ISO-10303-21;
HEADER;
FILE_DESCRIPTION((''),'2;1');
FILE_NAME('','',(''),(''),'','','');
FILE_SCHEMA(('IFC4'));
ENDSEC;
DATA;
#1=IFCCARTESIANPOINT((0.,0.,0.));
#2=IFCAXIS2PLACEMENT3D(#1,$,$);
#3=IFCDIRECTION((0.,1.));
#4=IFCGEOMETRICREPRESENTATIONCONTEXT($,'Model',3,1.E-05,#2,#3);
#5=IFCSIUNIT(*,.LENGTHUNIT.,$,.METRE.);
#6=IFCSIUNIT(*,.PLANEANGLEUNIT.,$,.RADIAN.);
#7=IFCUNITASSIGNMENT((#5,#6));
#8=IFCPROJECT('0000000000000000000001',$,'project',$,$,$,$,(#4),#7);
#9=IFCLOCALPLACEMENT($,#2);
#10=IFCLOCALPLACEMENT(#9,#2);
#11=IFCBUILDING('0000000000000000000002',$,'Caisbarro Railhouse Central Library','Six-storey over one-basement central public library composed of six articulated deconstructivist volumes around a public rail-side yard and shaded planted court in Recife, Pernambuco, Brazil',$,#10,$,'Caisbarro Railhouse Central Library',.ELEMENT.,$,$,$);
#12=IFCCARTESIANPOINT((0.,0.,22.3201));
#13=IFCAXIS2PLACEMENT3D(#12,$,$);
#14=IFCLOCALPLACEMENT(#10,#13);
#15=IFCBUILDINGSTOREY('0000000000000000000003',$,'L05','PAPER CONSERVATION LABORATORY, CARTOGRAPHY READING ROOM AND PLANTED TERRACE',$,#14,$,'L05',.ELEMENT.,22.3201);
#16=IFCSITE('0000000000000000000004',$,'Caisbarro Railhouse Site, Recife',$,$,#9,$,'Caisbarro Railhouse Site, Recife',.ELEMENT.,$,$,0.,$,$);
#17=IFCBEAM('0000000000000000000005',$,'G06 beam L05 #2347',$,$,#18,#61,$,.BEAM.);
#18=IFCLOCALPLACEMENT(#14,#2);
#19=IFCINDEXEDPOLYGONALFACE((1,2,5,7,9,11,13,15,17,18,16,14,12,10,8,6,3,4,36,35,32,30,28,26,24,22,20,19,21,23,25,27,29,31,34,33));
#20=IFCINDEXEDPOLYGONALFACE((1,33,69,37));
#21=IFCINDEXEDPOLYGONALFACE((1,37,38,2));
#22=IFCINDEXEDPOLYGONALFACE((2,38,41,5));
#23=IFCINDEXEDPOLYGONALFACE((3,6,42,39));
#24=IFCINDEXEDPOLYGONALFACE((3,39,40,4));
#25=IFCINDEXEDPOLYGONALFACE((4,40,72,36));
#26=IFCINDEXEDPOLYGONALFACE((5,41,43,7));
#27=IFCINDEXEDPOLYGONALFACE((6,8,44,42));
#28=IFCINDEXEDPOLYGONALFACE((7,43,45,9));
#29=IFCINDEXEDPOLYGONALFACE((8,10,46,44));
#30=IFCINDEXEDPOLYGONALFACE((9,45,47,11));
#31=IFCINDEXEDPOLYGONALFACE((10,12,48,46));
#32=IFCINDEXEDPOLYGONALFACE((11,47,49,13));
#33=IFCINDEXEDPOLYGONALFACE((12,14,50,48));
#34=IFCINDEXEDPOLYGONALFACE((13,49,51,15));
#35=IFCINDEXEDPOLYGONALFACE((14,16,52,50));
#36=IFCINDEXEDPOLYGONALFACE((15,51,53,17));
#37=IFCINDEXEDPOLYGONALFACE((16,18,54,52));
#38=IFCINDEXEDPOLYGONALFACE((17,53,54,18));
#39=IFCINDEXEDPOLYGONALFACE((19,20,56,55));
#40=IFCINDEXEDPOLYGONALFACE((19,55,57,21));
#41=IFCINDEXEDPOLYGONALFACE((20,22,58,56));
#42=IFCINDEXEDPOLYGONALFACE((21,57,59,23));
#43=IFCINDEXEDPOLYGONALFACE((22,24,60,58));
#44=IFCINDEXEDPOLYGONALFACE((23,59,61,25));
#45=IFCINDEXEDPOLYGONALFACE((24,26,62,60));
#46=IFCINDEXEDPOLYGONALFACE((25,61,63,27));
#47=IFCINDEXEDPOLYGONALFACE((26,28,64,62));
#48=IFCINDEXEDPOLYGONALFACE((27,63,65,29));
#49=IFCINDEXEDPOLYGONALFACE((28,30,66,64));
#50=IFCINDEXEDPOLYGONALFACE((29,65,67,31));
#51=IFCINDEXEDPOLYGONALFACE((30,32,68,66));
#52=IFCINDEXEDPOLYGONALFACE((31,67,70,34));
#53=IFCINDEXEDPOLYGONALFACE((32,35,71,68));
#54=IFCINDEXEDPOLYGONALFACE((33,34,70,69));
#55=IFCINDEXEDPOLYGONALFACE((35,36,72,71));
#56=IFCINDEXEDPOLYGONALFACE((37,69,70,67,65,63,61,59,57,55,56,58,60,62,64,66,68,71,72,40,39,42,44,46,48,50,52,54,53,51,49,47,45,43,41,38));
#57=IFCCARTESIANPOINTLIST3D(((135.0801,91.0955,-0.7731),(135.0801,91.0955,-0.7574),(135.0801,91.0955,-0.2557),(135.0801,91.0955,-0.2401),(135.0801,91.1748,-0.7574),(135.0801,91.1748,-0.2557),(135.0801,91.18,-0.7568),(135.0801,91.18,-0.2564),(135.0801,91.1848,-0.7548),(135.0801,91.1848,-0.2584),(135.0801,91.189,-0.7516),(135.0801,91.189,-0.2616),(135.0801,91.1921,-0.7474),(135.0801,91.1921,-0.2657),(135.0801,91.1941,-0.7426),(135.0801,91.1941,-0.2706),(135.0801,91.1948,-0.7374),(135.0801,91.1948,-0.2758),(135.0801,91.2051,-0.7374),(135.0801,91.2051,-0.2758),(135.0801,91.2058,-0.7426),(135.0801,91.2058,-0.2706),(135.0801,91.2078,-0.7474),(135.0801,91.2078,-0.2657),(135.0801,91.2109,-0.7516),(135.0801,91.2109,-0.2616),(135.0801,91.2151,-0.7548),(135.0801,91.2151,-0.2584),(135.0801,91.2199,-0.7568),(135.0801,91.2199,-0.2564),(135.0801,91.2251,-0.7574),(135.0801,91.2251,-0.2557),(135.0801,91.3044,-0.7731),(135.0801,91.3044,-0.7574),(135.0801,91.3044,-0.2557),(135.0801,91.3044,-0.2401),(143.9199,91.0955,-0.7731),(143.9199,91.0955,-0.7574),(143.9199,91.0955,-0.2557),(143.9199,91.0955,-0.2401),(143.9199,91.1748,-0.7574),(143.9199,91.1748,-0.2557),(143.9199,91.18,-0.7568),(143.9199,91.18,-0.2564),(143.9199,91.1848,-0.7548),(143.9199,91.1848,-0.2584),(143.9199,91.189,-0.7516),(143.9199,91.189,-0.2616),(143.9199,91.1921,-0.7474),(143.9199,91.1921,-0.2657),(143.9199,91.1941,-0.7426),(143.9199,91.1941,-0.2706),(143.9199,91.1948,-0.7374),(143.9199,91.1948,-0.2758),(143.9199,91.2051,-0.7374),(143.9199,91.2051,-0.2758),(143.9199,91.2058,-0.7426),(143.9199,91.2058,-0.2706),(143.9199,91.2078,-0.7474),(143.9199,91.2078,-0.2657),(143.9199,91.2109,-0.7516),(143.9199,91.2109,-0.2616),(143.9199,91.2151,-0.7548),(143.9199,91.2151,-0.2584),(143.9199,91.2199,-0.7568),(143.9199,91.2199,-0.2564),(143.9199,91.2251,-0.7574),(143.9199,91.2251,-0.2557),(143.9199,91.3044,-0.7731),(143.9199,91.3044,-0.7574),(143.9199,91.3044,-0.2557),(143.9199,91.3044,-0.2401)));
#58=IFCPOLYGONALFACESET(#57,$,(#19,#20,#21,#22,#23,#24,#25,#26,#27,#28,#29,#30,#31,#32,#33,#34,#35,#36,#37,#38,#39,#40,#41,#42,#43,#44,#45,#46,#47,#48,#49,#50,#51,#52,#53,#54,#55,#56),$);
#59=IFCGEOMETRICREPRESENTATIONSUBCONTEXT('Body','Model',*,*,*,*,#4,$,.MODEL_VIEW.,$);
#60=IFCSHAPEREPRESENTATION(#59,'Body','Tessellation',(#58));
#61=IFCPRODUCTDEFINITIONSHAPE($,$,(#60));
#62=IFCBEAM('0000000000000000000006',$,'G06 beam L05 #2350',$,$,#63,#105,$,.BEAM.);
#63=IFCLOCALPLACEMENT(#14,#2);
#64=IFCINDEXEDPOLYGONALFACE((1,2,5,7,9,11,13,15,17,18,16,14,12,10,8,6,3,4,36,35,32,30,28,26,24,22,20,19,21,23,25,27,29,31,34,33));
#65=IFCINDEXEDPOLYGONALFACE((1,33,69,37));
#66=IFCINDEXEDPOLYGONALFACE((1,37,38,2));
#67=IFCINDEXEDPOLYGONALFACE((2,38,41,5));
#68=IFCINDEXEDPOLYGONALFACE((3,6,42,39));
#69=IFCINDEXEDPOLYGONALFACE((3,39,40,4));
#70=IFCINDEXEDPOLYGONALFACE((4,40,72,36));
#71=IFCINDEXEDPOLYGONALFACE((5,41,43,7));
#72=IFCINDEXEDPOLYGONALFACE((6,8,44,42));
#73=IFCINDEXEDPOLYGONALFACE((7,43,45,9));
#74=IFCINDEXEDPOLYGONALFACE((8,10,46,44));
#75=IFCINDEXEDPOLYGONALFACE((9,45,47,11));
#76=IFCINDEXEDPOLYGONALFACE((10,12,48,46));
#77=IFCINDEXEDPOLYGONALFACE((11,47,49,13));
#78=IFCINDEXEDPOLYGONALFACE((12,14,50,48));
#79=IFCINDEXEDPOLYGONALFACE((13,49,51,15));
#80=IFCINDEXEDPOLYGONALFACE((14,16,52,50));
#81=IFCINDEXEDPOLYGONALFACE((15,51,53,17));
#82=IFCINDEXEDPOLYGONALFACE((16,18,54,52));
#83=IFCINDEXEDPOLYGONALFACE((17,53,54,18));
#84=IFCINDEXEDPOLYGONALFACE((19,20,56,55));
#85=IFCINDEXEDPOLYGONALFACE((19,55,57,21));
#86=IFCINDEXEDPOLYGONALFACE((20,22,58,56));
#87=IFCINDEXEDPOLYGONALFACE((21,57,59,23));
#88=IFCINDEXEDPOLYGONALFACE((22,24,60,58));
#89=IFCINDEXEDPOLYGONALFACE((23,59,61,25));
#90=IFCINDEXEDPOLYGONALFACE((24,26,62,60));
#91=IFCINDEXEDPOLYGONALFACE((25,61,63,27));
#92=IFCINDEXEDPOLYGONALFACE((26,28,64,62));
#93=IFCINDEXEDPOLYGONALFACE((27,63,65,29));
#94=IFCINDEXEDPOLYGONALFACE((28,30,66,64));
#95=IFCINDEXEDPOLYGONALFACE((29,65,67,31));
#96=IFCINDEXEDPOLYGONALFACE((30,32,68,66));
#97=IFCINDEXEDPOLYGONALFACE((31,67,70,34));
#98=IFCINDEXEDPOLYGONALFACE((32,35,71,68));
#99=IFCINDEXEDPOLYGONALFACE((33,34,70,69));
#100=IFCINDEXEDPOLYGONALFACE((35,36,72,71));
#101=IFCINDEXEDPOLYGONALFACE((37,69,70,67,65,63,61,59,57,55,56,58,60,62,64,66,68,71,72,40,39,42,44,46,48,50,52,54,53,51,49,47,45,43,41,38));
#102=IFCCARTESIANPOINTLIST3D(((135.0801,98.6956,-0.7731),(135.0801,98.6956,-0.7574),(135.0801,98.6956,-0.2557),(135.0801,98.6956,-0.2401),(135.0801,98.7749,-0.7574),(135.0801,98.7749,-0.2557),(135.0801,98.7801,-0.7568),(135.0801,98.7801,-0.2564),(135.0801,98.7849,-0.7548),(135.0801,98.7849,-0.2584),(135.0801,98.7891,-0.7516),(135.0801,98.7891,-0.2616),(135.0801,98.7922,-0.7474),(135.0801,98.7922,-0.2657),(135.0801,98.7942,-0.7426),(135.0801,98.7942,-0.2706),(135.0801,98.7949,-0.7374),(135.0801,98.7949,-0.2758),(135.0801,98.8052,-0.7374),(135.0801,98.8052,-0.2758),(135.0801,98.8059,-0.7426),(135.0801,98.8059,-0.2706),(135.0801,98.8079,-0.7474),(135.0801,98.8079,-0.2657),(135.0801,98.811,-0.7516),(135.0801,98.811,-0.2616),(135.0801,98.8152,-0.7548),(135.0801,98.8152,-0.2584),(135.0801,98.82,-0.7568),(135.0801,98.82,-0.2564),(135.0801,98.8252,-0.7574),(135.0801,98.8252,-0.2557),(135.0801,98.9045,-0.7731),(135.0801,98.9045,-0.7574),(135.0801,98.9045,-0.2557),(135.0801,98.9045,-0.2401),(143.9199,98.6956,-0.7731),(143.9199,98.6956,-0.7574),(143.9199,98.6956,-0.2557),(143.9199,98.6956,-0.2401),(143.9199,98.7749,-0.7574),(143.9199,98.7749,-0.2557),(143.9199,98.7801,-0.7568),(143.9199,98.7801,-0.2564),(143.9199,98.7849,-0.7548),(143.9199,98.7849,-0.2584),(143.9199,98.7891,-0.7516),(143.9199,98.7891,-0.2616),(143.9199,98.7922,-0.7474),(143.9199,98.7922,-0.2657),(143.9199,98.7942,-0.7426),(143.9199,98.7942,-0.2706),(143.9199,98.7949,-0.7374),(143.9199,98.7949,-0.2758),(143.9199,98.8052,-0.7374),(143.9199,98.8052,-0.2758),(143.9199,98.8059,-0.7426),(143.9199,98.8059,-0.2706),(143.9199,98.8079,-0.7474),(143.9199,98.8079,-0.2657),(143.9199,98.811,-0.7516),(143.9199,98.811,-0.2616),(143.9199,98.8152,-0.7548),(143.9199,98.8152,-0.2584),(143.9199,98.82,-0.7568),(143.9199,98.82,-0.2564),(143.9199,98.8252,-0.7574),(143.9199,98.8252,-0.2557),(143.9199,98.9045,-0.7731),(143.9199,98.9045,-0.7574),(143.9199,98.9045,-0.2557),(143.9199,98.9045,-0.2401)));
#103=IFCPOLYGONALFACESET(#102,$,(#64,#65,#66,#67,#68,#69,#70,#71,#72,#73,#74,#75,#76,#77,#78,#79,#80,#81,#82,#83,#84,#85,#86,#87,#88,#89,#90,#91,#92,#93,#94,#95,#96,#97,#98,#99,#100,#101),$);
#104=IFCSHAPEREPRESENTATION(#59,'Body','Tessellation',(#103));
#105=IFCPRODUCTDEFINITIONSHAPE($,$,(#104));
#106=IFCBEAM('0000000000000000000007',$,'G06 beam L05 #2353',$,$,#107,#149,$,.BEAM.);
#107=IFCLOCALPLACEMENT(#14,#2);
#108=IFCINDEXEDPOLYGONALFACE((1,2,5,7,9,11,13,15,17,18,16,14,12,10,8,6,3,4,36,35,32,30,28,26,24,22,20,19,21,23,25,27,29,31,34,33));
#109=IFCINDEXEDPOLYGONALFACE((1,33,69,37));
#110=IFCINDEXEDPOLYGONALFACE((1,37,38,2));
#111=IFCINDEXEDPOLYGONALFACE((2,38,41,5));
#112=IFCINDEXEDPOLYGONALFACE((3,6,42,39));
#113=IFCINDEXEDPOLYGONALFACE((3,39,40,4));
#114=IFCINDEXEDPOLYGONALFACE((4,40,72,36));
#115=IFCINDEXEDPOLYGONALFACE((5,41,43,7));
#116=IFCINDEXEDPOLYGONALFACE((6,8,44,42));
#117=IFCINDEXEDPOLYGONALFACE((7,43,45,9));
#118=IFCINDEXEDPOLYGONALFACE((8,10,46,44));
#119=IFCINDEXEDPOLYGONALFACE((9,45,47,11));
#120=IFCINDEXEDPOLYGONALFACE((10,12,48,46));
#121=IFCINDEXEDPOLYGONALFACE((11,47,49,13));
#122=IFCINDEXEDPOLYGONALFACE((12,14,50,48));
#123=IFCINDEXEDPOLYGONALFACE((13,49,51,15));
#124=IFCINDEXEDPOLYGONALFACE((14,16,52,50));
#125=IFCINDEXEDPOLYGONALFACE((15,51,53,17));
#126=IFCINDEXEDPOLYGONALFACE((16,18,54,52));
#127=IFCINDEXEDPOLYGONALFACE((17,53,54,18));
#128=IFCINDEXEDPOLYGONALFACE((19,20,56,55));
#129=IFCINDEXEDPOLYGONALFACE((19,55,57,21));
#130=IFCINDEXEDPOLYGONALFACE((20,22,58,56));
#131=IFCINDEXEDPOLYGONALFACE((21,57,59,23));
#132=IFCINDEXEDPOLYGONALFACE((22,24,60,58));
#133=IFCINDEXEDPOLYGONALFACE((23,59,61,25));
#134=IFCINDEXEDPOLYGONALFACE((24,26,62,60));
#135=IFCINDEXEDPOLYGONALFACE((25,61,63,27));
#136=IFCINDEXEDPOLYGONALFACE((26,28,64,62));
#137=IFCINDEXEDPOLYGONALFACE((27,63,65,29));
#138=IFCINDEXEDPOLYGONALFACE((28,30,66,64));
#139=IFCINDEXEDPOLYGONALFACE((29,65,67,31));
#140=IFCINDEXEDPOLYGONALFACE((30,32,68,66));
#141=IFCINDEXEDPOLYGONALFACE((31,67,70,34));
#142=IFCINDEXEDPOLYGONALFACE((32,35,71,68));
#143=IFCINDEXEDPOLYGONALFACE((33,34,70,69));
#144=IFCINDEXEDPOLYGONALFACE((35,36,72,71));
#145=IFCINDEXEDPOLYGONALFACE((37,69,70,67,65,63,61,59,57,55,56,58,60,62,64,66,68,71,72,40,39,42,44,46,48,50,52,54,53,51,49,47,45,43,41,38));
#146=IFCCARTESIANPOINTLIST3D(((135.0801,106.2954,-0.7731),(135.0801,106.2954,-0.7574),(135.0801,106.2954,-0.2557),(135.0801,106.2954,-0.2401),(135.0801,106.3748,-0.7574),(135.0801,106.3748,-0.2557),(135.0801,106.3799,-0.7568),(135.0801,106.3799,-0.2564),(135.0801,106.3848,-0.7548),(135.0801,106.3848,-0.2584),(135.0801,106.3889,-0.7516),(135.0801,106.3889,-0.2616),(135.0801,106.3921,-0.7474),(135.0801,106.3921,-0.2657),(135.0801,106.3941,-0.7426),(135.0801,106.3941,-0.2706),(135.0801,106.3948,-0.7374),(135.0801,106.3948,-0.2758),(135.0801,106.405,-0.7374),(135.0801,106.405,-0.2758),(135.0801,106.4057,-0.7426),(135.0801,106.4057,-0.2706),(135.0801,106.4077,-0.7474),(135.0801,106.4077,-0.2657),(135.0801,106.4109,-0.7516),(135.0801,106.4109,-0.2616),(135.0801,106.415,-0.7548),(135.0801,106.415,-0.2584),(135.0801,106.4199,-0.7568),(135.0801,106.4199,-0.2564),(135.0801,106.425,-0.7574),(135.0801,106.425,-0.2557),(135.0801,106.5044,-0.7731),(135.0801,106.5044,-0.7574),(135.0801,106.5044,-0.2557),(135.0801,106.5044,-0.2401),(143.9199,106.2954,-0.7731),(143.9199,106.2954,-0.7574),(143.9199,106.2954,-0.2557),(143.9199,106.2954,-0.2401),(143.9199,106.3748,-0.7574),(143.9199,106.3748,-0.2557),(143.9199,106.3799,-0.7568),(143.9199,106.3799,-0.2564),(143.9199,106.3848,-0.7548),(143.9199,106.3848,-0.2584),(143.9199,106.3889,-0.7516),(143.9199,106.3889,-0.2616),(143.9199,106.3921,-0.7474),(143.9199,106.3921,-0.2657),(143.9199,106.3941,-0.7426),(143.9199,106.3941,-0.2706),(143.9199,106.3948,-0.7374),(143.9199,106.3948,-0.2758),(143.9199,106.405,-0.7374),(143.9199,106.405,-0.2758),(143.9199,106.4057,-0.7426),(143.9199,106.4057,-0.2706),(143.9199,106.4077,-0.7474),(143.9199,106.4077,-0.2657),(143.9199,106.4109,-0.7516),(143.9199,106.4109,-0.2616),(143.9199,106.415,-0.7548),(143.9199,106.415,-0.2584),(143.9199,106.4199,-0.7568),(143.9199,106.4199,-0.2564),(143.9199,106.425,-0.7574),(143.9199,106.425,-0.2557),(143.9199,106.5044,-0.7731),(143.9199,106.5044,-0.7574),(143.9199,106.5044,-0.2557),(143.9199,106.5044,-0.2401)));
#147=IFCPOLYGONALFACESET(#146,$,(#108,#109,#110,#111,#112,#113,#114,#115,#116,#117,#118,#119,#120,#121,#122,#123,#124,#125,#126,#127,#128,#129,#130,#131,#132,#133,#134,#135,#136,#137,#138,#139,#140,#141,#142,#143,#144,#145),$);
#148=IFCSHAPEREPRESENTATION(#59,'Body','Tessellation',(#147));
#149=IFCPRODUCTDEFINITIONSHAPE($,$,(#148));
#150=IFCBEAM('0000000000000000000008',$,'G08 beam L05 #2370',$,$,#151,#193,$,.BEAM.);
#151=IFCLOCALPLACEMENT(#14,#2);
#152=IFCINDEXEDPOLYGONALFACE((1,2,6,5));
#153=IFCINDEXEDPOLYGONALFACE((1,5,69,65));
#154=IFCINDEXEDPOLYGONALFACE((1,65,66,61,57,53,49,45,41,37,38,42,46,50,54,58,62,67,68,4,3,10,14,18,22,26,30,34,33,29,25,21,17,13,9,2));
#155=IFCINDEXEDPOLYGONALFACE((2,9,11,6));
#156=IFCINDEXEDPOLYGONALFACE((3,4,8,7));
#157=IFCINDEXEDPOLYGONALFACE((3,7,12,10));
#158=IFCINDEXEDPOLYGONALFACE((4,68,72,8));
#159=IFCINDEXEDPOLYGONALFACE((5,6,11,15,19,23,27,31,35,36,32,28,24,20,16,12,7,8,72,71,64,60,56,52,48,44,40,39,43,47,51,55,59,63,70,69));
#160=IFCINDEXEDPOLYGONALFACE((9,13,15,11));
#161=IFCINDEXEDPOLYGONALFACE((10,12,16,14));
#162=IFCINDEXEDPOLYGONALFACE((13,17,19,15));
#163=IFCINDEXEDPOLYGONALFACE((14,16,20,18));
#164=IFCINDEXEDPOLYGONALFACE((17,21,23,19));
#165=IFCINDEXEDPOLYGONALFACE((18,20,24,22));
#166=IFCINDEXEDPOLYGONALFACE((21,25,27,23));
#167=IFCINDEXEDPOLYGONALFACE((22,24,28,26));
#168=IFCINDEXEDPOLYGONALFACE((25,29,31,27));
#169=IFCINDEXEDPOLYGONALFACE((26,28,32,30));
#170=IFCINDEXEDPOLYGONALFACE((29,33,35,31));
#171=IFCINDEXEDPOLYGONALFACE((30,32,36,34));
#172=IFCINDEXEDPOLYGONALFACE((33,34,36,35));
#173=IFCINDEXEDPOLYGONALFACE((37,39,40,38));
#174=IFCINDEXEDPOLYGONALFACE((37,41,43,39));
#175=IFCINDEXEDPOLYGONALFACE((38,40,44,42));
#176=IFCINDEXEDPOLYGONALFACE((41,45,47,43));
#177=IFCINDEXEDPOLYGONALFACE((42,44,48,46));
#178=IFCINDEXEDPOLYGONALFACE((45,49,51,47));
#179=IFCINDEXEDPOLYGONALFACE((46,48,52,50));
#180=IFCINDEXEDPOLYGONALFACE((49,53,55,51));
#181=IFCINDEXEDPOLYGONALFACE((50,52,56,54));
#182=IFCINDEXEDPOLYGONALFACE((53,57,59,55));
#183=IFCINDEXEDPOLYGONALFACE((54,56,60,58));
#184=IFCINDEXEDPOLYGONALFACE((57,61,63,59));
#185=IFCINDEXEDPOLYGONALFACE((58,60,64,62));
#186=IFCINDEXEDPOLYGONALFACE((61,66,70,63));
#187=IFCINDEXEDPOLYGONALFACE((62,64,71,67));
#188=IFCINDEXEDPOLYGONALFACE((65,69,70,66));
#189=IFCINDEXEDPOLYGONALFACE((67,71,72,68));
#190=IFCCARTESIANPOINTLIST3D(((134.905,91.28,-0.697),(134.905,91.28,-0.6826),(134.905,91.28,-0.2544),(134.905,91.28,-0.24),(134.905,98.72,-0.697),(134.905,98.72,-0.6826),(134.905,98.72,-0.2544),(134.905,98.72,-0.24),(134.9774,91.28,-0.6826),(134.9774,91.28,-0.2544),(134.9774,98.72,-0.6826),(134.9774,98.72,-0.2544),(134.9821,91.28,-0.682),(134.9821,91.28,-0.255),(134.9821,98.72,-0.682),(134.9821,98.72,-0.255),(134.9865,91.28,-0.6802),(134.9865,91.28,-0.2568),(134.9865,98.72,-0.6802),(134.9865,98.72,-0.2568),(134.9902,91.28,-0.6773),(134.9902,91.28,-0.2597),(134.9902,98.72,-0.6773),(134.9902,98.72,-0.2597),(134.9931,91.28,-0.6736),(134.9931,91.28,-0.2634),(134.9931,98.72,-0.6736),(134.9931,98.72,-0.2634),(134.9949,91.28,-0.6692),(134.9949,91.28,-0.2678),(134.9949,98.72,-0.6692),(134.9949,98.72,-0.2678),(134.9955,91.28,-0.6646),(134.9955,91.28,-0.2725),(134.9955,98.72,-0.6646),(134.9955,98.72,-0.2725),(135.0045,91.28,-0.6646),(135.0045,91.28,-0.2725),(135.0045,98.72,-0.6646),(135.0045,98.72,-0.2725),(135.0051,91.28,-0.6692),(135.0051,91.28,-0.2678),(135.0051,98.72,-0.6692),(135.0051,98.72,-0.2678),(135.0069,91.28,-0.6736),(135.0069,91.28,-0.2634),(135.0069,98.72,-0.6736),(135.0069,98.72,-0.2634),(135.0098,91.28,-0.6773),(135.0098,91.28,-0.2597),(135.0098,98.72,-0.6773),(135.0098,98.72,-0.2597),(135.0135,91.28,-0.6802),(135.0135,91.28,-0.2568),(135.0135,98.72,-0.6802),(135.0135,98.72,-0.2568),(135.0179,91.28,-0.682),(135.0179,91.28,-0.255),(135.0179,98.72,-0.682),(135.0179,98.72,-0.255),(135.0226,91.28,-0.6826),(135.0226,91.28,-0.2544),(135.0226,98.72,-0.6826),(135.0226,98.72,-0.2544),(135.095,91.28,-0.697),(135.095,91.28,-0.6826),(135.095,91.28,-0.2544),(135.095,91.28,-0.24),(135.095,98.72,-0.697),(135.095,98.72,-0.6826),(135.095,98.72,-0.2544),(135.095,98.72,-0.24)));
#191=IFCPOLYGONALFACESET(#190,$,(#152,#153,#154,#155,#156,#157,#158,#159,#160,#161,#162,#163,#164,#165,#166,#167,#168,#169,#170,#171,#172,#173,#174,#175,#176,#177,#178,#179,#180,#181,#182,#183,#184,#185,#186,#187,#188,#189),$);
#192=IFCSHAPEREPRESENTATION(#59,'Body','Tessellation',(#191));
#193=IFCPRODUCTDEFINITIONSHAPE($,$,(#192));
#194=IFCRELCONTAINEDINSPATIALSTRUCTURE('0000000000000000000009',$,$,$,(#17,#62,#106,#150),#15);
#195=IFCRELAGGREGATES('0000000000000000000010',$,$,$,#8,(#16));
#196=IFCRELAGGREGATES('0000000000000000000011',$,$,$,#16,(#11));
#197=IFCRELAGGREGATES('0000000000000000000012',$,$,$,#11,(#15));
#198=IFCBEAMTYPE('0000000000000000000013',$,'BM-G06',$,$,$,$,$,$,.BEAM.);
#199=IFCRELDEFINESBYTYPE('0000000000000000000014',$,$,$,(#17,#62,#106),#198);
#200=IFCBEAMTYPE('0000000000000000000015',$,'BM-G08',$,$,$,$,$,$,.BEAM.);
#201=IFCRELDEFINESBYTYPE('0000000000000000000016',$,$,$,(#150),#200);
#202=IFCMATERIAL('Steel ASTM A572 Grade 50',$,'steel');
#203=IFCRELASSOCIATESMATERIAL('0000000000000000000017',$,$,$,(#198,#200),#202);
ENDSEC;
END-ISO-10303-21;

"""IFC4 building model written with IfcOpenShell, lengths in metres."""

from ifc_helpers import new_model, si_unit, direction, frame, origin, origin_2d, place, context, subcontext, project, spatial, i_section, extrude, material, material_profile, profile_set, type_object, element, save


model = new_model("IFC4")

# Units and contexts
model_context = context("Model", 3, precision=1e-05, world=origin(), true_north=direction((0.0, 1.0)))
body_context = subcontext(model_context, "Body", "Model", "MODEL_VIEW")
ifc_project = project(units=[si_unit("LENGTHUNIT", "METRE"), si_unit("PLANEANGLEUNIT", "RADIAN")], contexts=[model_context])

# Site, building, storey
site_placement = place(None, origin())
site = spatial("IfcSite", under=ifc_project, at=site_placement, Name="Caisbarro Railhouse Site, Recife", LongName="Caisbarro Railhouse Site, Recife", CompositionType="ELEMENT", RefElevation=0.0)
building_placement = place(site_placement, origin())
building = spatial("IfcBuilding", under=site, at=building_placement, Name="Caisbarro Railhouse Central Library", Description="Six-storey over one-basement central public library composed of six articulated deconstructivist volumes around a public rail-side yard and shaded planted court in Recife, Pernambuco, Brazil", LongName="Caisbarro Railhouse Central Library", CompositionType="ELEMENT")
storey_placement = place(building_placement, frame((0.0, 0.0, 22.3201)))
storey = spatial("IfcBuildingStorey", under=building, at=storey_placement, Name="L05", Description="PAPER CONSERVATION LABORATORY, CARTOGRAPHY READING ROOM AND PLANTED TERRACE", LongName="L05", CompositionType="ELEMENT", Elevation=22.3201)

# Beams
ifc_material_1 = material(Name="Steel ASTM A572 Grade 50", Category="steel")
ifc_material_profile_1 = material_profile(ifc_material_1, i_section(OverallWidth=0.209, OverallDepth=0.533, WebThickness=0.0103, FlangeThickness=0.0156, FilletRadius=0.02, at=origin_2d()), Name="W530X92.0")
ifc_profile_set_1 = profile_set([ifc_material_profile_1], Name="Steel ASTM A572 Grade 50")
beam_type_1 = type_object("IfcBeamType", Name="BM-G06", PredefinedType="BEAM", material=ifc_profile_set_1)
for number, where, z_axis, x_axis, name in (
    (1, (135.0801, 91.2, -0.5066), (1.0, 0.0, 0.0), (0.0, 1.0, 0.0), "G06 beam L05 #2347"),
    (2, (135.0801, 98.8, -0.5066), (1.0, 0.0, 0.0), (0.0, 1.0, 0.0), "G06 beam L05 #2350"),
    (3, (135.0801, 106.3999, -0.5066), (1.0, 0.0, 0.0), (0.0, 1.0, 0.0), "G06 beam L05 #2353"),
):
    element("IfcBeam", number, at=place(storey_placement, frame(where, z_axis=z_axis, x_axis=x_axis)), inside=storey, type_object=beam_type_1, Name=name, PredefinedType="BEAM", context=body_context, shape_type="SweptSolid", body=[
        extrude(i_section(OverallWidth=0.209, OverallDepth=0.533, WebThickness=0.0103, FlangeThickness=0.0156, FilletRadius=0.02, at=origin_2d()), origin(), (0.0, 0.0, 1.0), 8.8398),
    ])
ifc_material_profile_2 = material_profile(ifc_material_1, i_section(OverallWidth=0.1899, OverallDepth=0.457, WebThickness=0.009, FlangeThickness=0.0144, FilletRadius=0.0181, at=origin_2d()), Name="W460X74.0")
ifc_profile_set_2 = profile_set([ifc_material_profile_2], Name="Steel ASTM A572 Grade 50")
beam_type_2 = type_object("IfcBeamType", Name="BM-G08", PredefinedType="BEAM", material=ifc_profile_set_2)
beam_1_placement = place(storey_placement, frame((135.0, 91.28, -0.4685), z_axis=(0.0, 1.0, 0.0), x_axis=(-1.0, 0.0, 0.0)))
element("IfcBeam", 4, at=beam_1_placement, inside=storey, type_object=beam_type_2, Name="G08 beam L05 #2370", PredefinedType="BEAM", context=body_context, shape_type="SweptSolid", body=[
    extrude(i_section(OverallWidth=0.1899, OverallDepth=0.457, WebThickness=0.009, FlangeThickness=0.0144, FilletRadius=0.0181, at=origin_2d()), origin(), (0.0, 0.0, 1.0), 7.4399),
])

save(model, "model.ifc")
